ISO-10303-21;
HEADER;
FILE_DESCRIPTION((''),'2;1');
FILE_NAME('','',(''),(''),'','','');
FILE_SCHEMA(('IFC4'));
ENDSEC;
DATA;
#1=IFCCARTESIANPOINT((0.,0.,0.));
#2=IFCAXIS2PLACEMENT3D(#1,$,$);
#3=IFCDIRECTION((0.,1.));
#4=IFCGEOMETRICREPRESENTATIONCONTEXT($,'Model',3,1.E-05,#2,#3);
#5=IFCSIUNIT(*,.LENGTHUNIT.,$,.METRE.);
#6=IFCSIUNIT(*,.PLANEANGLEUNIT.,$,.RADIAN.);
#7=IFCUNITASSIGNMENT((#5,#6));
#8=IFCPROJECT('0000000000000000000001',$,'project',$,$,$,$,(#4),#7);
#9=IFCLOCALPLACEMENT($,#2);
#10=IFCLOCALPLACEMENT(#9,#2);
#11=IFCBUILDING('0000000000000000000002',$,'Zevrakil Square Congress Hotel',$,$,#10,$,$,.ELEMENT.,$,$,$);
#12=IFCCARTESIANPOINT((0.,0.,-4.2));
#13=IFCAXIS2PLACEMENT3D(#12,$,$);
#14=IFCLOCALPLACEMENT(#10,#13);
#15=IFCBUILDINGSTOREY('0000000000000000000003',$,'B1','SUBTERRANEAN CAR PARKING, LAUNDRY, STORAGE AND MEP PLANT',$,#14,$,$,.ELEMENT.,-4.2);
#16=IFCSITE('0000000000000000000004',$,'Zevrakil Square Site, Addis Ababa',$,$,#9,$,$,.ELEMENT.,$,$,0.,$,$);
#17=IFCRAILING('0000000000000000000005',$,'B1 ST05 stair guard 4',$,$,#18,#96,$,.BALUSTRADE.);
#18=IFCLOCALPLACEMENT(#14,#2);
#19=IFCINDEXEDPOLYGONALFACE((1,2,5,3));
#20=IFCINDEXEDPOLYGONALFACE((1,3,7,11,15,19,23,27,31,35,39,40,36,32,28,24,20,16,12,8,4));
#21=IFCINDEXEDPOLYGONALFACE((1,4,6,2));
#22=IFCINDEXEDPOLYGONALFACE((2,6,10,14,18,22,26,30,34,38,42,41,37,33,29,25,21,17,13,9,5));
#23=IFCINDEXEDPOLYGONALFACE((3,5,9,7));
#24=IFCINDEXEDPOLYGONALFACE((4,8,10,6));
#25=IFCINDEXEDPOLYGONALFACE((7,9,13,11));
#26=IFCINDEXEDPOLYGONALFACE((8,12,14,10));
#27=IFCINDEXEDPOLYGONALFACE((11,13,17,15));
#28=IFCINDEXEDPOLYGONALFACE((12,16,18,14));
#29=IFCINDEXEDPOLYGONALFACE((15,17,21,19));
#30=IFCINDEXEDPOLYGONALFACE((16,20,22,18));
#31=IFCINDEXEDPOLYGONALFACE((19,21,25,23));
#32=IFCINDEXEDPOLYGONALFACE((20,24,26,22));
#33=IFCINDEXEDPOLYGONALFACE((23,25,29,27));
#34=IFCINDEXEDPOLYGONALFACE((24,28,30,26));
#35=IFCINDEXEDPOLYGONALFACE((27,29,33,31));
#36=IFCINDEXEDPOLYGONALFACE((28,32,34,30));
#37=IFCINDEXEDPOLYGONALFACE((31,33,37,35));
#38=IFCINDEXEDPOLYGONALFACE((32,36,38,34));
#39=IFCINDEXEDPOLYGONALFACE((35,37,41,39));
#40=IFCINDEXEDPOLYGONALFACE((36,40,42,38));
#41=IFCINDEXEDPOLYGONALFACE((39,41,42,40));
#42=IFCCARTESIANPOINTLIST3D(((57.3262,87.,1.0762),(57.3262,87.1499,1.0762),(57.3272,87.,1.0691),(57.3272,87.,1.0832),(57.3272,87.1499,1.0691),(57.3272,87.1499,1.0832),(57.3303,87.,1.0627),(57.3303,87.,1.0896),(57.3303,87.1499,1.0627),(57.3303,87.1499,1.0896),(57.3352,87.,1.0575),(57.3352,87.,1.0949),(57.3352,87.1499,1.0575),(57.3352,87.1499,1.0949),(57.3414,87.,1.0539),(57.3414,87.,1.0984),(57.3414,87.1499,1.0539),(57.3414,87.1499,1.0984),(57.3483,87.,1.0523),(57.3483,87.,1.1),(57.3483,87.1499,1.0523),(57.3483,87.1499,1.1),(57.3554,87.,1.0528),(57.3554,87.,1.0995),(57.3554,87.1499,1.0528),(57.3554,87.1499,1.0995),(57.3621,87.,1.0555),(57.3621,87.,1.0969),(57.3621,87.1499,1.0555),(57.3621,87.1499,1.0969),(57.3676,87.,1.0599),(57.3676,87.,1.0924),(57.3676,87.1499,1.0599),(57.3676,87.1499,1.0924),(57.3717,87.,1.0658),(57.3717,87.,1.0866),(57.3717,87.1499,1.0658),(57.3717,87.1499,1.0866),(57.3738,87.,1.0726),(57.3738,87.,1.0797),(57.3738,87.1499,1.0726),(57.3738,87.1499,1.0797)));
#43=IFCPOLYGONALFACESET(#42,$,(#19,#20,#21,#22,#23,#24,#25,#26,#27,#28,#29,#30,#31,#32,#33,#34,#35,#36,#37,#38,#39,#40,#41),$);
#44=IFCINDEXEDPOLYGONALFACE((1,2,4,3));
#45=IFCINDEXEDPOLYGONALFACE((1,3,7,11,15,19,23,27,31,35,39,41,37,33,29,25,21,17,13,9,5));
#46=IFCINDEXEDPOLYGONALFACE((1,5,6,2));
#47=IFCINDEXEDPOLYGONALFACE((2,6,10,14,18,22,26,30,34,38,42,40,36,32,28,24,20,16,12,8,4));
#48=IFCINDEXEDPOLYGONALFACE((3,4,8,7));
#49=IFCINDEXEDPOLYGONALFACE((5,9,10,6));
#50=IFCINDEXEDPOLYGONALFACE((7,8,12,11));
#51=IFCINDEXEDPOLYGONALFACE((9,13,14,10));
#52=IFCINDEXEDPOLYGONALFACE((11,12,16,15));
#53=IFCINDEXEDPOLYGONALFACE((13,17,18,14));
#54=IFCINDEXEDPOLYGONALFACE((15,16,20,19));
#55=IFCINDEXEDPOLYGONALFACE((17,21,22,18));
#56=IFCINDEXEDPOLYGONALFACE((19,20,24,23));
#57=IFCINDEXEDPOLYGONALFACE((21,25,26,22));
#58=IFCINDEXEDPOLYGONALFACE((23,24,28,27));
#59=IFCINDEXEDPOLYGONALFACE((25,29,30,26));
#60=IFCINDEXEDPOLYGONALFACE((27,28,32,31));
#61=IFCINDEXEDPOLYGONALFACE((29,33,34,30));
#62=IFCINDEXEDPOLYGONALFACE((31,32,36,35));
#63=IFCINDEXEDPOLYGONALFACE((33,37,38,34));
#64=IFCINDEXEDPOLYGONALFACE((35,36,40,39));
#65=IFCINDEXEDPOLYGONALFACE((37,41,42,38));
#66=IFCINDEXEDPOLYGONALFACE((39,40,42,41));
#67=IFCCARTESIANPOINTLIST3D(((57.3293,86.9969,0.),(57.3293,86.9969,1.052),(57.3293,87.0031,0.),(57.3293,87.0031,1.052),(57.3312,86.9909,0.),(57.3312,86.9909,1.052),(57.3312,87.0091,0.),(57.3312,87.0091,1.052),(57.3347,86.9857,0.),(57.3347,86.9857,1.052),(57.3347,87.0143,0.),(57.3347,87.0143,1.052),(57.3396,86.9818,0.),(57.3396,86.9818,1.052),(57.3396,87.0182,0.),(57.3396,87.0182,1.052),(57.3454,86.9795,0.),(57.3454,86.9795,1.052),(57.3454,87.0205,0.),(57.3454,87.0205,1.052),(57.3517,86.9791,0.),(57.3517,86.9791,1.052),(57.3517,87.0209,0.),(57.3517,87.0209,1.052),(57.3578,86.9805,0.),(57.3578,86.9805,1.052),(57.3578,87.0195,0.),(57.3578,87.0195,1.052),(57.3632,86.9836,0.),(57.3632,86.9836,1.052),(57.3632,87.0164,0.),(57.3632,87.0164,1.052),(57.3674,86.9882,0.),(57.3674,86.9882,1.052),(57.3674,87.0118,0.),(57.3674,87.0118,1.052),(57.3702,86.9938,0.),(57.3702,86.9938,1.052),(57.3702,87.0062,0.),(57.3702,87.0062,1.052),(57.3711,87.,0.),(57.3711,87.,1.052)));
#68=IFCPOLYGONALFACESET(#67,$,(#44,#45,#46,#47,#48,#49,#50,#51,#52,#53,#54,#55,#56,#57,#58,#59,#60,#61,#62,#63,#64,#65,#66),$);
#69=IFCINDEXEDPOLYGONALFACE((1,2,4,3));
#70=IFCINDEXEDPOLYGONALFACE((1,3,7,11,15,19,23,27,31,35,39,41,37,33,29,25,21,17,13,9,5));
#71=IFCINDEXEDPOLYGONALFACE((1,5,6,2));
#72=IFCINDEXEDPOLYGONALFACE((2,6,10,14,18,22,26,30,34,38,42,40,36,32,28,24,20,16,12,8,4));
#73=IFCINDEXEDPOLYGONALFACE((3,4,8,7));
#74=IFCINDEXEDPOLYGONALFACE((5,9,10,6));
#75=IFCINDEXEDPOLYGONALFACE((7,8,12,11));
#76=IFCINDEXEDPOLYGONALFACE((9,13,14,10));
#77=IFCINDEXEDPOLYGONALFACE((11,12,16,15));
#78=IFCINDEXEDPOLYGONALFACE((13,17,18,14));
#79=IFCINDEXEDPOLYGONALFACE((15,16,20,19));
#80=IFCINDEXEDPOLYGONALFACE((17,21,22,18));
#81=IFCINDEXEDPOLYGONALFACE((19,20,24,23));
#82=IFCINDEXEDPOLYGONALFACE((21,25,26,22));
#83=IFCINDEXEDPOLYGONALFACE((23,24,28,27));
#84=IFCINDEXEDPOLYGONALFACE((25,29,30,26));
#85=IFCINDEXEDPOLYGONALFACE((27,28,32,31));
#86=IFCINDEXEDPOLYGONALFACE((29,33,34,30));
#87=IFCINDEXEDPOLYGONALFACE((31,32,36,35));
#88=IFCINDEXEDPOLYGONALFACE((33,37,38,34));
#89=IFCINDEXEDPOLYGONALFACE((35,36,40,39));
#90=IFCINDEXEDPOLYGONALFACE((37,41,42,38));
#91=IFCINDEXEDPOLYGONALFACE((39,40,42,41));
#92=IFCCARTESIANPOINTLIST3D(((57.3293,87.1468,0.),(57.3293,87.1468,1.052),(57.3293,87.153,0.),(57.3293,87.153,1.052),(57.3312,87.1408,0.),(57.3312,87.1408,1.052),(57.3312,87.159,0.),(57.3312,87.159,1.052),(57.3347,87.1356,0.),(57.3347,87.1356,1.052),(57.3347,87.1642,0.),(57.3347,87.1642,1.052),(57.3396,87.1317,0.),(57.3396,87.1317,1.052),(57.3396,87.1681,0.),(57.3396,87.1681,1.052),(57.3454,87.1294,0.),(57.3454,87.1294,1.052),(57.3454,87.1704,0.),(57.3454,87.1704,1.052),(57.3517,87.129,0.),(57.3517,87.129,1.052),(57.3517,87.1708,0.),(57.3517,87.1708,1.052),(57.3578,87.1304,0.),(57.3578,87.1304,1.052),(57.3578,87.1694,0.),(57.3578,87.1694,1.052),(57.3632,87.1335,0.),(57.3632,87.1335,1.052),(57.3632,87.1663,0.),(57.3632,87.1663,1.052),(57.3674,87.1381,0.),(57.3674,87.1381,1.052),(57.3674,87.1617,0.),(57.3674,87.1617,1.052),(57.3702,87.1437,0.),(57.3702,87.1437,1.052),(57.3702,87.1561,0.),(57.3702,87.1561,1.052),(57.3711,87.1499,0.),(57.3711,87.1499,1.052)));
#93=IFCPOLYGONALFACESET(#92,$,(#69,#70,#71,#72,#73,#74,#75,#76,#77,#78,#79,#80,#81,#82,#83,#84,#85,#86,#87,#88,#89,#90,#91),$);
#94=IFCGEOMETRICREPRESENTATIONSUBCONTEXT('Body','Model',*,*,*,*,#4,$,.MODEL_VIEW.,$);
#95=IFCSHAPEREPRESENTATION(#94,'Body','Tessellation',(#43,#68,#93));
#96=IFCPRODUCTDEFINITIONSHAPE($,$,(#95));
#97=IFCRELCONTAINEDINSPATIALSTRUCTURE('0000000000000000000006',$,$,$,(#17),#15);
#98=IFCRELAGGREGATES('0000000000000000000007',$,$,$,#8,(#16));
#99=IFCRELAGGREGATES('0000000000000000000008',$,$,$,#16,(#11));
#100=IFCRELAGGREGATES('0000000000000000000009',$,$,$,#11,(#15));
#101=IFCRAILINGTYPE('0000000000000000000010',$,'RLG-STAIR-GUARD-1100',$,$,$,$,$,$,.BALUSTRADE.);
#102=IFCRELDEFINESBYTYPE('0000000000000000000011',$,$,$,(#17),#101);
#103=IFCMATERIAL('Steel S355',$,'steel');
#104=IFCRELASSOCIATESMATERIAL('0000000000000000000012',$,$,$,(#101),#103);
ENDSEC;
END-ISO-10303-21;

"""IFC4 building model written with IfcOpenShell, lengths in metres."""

from ifc_helpers import new_model, si_unit, direction, frame, origin, origin_2d, place, context, subcontext, project, spatial, circle, extrude, material, type_object, element, save


model = new_model("IFC4")

# Units and contexts
model_context = context("Model", 3, precision=1e-05, world=origin(), true_north=direction((0.0, 1.0)))
body_context = subcontext(model_context, "Body", "Model", "MODEL_VIEW")
ifc_project = project(units=[si_unit("LENGTHUNIT", "METRE"), si_unit("PLANEANGLEUNIT", "RADIAN")], contexts=[model_context])

# Site, building, storey
site_placement = place(None, origin())
site = spatial("IfcSite", under=ifc_project, at=site_placement, Name="Zevrakil Square Site, Addis Ababa", CompositionType="ELEMENT", RefElevation=0.0)
building_placement = place(site_placement, origin())
building = spatial("IfcBuilding", under=site, at=building_placement, Name="Zevrakil Square Congress Hotel", CompositionType="ELEMENT")
storey_placement = place(building_placement, frame((0.0, 0.0, -4.2)))
storey = spatial("IfcBuildingStorey", under=building, at=storey_placement, Name="B1", Description="SUBTERRANEAN CAR PARKING, LAUNDRY, STORAGE AND MEP PLANT", CompositionType="ELEMENT", Elevation=-4.2)

# Railing
ifc_material_1 = material(Name="Steel S355", Category="steel")
railing_type_1 = type_object("IfcRailingType", Name="RLG-STAIR-GUARD-1100", PredefinedType="BALUSTRADE", material=ifc_material_1)
railing_1_placement = place(storey_placement, frame((57.3501, 87.0, 0.0)))
element("IfcRailing", 1, at=railing_1_placement, inside=storey, type_object=railing_type_1, Name="B1 ST05 stair guard 4", PredefinedType="BALUSTRADE", context=body_context, shape_type="SweptSolid", body=[
    extrude(circle(Radius=0.0239, at=origin_2d()), frame((0.0, 0.0, 1.0762), z_axis=(0.0, 1.0, 0.0), x_axis=(-1.0, 0.0, 0.0)), (0.0, 0.0, 1.0), 0.1499),
    extrude(circle(Radius=0.021, at=origin_2d()), origin(), (0.0, 0.0, 1.0), 1.052),
    extrude(circle(Radius=0.021, at=origin_2d()), frame((0.0, 0.1499, 0.0)), (0.0, 0.0, 1.0), 1.052),
])

save(model, "model.ifc")
